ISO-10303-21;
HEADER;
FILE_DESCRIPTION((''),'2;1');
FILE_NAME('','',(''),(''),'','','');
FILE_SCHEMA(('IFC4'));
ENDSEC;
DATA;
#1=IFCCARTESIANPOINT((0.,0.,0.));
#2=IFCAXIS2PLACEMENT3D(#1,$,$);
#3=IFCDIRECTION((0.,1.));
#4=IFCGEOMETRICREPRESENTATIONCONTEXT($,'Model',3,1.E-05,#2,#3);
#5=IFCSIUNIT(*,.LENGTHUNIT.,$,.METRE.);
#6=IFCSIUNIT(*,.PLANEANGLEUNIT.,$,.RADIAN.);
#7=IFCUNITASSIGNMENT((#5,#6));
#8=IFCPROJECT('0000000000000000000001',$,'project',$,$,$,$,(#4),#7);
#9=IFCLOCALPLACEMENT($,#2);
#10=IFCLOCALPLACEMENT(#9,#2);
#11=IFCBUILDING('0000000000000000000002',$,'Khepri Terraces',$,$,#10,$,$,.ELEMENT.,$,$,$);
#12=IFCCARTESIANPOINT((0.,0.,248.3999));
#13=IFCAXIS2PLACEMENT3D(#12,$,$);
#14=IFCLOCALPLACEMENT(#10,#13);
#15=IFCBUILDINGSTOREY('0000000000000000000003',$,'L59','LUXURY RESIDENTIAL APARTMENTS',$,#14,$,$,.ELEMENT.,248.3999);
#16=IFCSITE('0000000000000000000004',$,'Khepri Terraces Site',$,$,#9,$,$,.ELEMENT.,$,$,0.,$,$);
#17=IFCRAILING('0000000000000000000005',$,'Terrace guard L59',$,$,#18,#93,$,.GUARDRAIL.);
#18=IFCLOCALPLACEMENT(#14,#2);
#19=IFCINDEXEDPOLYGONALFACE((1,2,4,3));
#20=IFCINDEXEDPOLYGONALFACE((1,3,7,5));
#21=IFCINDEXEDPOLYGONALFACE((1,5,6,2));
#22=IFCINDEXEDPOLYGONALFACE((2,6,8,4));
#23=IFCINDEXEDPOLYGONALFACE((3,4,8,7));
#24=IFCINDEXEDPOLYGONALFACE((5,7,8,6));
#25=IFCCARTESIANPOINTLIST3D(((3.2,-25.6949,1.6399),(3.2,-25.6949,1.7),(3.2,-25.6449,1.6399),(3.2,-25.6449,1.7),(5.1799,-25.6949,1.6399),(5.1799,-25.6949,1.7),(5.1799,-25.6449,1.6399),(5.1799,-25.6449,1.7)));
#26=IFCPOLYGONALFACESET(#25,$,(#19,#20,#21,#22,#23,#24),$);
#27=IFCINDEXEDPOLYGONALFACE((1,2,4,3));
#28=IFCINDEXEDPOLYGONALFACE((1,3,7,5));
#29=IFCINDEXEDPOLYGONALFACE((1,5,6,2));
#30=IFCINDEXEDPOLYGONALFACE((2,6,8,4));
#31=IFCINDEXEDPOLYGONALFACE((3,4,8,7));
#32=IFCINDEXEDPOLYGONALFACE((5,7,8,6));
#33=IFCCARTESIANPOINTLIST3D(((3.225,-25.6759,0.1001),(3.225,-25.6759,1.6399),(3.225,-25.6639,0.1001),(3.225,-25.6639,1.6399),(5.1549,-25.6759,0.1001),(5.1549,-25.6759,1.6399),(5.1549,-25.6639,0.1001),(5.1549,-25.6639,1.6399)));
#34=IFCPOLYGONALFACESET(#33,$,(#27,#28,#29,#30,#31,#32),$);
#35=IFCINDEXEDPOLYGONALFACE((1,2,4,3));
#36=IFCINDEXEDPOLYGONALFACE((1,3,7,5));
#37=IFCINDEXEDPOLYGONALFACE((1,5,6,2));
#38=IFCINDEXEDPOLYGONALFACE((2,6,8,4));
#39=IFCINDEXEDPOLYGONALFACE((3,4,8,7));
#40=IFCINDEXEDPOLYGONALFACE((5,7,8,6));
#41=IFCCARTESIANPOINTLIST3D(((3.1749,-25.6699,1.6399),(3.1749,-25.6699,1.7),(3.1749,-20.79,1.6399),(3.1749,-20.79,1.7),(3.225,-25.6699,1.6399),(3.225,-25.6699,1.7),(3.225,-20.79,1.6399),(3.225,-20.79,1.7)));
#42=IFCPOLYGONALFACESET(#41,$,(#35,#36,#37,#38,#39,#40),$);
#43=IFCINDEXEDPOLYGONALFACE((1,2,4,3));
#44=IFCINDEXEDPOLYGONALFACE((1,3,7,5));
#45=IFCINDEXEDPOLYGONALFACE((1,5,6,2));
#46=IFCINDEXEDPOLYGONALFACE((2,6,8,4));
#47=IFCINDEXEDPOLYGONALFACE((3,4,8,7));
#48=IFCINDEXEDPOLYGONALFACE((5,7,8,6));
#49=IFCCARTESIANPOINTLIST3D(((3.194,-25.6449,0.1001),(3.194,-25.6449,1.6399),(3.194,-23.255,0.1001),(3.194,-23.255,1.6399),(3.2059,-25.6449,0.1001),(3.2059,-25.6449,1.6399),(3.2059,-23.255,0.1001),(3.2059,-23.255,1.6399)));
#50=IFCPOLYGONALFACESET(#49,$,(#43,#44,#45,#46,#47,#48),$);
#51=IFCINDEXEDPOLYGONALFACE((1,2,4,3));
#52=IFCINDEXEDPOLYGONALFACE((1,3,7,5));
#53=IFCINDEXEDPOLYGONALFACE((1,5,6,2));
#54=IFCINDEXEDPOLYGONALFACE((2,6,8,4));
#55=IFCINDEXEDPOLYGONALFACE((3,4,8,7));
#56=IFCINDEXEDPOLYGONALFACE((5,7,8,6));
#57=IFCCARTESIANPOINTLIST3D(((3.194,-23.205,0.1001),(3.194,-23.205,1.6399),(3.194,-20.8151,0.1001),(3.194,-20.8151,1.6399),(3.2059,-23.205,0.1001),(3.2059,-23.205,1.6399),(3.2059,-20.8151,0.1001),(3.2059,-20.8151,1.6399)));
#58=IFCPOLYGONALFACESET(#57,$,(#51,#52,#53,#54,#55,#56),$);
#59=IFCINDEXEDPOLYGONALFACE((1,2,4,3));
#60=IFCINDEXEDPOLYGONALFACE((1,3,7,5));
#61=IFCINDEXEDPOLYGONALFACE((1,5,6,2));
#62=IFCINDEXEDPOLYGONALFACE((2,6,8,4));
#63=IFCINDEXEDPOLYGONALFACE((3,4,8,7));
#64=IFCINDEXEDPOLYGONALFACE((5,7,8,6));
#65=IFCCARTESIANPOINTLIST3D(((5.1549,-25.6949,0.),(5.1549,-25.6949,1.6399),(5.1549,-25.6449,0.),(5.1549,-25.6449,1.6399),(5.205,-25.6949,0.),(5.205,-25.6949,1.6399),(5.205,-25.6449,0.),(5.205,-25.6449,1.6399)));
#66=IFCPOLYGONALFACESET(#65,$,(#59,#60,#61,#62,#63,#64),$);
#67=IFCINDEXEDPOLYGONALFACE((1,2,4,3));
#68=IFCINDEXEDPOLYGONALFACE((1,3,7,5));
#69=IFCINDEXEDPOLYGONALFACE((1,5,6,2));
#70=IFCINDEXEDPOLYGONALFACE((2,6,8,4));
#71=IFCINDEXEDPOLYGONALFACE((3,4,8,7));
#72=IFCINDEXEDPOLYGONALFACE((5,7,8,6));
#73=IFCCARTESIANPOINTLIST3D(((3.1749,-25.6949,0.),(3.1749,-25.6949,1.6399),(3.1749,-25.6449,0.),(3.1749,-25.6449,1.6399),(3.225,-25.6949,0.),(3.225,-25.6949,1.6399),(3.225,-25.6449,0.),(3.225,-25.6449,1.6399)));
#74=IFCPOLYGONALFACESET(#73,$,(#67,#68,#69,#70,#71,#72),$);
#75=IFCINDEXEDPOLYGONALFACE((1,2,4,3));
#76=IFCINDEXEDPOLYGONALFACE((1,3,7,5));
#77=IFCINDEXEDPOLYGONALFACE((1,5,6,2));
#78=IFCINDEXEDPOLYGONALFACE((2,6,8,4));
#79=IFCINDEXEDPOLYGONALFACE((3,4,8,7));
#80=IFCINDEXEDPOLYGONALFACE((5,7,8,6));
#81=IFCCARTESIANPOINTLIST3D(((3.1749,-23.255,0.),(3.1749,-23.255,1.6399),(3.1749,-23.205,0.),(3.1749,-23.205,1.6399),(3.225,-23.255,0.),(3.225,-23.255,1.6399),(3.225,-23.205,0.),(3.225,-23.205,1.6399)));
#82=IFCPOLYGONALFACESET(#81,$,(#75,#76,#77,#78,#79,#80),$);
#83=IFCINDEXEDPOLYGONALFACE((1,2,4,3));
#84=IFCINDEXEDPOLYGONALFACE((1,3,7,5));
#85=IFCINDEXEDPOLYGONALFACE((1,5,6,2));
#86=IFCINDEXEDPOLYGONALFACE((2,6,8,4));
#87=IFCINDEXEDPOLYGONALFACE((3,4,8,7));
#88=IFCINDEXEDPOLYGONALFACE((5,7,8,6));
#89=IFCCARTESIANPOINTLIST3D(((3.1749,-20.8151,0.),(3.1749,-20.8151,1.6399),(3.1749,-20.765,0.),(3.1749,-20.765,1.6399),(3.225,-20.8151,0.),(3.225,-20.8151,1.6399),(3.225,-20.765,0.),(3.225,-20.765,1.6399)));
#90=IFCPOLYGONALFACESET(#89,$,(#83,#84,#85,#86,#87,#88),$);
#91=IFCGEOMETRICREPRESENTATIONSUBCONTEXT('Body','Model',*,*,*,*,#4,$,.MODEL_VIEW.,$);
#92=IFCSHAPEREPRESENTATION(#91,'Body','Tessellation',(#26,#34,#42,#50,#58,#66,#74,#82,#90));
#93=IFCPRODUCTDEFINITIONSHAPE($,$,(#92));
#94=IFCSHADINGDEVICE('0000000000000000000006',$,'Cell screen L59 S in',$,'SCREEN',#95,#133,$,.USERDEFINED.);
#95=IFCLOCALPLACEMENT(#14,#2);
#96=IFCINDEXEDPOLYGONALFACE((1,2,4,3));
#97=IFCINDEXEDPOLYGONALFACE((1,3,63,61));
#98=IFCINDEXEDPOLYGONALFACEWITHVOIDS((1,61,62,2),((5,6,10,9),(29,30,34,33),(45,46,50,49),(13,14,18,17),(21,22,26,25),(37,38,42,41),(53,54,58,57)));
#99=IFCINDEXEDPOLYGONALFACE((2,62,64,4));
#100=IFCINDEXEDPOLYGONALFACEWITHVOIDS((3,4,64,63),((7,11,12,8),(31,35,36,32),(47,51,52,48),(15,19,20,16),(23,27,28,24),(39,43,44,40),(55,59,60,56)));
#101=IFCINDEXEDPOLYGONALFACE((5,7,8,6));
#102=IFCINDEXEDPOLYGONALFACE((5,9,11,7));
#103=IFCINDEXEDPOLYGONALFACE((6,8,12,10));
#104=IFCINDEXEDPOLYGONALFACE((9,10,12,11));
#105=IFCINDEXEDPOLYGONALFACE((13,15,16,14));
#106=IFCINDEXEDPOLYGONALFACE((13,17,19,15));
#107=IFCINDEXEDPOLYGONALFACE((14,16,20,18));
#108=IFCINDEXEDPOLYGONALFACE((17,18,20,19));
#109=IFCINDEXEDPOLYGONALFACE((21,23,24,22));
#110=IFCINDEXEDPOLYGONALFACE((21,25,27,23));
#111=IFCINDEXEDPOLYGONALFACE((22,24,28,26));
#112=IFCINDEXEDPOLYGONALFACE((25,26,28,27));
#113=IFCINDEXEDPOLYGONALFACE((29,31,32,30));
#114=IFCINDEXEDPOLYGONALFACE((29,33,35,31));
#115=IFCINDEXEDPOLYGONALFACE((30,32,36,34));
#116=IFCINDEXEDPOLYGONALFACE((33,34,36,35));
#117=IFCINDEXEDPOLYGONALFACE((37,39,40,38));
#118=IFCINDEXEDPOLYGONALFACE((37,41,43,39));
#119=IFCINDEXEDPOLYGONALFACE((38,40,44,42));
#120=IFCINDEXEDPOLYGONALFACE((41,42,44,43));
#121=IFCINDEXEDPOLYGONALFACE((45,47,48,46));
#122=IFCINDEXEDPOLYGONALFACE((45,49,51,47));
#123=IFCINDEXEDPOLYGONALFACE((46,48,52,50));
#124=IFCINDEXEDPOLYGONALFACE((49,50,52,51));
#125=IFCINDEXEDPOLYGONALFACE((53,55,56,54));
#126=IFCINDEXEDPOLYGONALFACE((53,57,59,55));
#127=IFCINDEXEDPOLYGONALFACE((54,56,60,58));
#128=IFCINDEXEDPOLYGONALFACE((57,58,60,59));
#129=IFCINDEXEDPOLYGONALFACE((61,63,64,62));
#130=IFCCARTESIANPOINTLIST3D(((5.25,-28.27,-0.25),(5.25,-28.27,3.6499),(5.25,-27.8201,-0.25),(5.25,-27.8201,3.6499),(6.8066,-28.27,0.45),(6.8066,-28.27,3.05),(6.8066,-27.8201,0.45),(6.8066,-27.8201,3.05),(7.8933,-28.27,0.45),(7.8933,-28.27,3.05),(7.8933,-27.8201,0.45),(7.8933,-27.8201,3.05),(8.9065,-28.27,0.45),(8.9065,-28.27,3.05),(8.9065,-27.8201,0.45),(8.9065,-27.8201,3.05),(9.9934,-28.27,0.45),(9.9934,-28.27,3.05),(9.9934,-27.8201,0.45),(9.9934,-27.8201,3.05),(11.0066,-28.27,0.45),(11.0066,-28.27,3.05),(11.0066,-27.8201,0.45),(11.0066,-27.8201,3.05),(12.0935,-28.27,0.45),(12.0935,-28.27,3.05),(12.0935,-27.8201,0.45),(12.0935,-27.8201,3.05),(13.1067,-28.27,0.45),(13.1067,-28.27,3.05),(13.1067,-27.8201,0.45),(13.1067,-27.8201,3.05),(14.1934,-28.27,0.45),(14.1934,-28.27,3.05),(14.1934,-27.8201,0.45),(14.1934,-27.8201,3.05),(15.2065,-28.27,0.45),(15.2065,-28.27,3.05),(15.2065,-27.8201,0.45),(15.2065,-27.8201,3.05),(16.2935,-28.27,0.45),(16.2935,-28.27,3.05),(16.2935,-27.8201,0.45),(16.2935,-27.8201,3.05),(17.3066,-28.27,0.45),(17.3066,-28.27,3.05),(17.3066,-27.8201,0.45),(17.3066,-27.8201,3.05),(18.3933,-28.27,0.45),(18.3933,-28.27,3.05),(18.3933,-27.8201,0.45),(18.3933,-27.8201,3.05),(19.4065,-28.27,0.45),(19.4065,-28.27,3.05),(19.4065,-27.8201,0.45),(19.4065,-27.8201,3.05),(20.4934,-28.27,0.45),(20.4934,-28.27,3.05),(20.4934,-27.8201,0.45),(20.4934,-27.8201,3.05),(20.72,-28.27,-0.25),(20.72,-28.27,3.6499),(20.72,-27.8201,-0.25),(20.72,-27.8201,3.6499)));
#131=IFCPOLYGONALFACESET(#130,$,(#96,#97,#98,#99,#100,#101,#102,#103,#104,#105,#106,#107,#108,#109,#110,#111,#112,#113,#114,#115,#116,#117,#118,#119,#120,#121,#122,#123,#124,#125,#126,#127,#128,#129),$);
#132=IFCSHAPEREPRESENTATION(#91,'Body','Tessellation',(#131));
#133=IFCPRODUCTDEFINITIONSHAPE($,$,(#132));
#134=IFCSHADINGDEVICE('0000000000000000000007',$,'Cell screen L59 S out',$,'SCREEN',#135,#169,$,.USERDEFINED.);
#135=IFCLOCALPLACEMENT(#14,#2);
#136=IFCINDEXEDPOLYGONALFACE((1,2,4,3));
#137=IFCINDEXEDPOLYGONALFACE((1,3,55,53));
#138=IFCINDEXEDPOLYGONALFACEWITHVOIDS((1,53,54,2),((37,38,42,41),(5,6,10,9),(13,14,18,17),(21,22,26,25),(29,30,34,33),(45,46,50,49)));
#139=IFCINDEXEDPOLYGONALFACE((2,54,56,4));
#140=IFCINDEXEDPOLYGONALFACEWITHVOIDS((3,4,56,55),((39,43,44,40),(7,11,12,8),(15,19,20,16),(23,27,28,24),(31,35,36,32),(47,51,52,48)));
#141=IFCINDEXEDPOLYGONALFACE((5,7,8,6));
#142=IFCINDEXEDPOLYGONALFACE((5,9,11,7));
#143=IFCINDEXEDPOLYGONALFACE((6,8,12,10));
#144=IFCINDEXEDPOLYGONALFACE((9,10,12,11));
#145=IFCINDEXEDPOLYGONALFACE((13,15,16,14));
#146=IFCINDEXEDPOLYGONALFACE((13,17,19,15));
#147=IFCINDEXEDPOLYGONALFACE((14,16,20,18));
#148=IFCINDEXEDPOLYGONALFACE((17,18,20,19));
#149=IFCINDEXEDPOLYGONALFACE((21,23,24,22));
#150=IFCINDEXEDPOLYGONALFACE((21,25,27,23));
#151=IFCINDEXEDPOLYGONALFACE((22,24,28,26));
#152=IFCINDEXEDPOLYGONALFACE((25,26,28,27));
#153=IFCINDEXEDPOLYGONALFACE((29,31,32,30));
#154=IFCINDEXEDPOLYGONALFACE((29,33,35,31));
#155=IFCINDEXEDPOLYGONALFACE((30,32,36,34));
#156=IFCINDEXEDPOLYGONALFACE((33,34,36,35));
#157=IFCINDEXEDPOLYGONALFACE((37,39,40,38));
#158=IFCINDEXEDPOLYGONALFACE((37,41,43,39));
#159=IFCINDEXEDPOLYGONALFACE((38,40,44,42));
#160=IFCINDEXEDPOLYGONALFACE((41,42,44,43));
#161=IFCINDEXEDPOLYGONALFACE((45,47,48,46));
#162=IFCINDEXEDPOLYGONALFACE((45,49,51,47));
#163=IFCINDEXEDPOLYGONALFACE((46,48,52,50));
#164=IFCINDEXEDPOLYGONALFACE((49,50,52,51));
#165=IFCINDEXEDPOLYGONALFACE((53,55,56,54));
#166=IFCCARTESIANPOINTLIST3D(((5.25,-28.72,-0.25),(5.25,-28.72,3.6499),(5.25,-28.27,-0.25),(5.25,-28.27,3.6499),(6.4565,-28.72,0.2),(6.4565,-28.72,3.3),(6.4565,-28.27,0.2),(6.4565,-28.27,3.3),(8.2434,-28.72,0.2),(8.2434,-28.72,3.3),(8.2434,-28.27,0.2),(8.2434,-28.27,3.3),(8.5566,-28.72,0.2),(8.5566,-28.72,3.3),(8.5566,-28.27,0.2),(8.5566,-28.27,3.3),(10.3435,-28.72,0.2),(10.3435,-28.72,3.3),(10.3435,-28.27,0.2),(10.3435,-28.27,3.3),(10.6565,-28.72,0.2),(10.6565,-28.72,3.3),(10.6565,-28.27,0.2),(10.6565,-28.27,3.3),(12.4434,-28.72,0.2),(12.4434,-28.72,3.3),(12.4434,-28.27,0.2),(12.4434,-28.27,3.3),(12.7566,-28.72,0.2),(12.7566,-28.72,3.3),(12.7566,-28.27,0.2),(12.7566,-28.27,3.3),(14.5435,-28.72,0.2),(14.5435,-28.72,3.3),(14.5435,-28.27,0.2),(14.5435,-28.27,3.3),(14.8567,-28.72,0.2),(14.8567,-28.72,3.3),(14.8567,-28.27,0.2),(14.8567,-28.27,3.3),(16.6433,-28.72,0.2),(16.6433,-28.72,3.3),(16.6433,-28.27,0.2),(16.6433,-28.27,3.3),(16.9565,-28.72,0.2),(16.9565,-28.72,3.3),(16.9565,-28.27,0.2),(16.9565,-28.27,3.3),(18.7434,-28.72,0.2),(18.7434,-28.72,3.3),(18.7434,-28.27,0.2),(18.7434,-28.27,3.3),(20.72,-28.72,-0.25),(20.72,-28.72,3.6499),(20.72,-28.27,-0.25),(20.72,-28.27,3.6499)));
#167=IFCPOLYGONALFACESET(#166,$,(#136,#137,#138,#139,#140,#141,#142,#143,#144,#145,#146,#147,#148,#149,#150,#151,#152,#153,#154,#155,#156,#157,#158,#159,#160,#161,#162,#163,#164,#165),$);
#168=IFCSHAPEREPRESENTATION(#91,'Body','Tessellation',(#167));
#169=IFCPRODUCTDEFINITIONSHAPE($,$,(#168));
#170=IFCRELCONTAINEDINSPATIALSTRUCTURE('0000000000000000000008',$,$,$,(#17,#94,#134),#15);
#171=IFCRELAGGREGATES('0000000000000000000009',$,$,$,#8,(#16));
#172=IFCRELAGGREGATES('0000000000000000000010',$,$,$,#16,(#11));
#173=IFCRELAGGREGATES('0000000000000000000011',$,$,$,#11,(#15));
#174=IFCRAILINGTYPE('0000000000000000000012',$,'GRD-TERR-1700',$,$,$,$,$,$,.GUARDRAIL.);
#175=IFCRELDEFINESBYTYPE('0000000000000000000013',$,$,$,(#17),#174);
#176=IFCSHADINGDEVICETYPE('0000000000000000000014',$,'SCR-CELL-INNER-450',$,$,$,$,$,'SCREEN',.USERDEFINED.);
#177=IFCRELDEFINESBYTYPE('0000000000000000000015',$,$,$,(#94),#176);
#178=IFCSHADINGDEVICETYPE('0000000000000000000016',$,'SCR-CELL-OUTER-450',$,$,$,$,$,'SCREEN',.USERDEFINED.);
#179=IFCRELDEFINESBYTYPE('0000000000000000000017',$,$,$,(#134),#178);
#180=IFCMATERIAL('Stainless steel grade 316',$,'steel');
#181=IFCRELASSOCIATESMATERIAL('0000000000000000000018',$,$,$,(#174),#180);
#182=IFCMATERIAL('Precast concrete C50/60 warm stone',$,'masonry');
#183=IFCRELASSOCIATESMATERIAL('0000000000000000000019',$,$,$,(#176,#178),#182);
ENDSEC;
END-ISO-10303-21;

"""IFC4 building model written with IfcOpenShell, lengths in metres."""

from ifc_helpers import new_model, si_unit, direction, frame, origin, origin_2d, place, context, subcontext, project, spatial, polyline, rectangle, outline, extrude, material, type_object, element, save


model = new_model("IFC4")

# Units and contexts
model_context = context("Model", 3, precision=1e-05, world=origin(), true_north=direction((0.0, 1.0)))
body_context = subcontext(model_context, "Body", "Model", "MODEL_VIEW")
ifc_project = project(units=[si_unit("LENGTHUNIT", "METRE"), si_unit("PLANEANGLEUNIT", "RADIAN")], contexts=[model_context])

# Site, building, storey
site_placement = place(None, origin())
site = spatial("IfcSite", under=ifc_project, at=site_placement, Name="Khepri Terraces Site", CompositionType="ELEMENT", RefElevation=0.0)
building_placement = place(site_placement, origin())
building = spatial("IfcBuilding", under=site, at=building_placement, Name="Khepri Terraces", CompositionType="ELEMENT")
storey_placement = place(building_placement, frame((0.0, 0.0, 248.3999)))
storey = spatial("IfcBuildingStorey", under=building, at=storey_placement, Name="L59", Description="LUXURY RESIDENTIAL APARTMENTS", CompositionType="ELEMENT", Elevation=248.3999)

# Shared definitions
ifc_material_1 = material(Name="Precast concrete C50/60 warm stone", Category="masonry")

# Railing
ifc_material_2 = material(Name="Stainless steel grade 316", Category="steel")
railing_type_1 = type_object("IfcRailingType", Name="GRD-TERR-1700", PredefinedType="GUARDRAIL", material=ifc_material_2)
railing_1_placement = place(storey_placement, frame((5.1799, -25.6699, 0.0)))
element("IfcRailing", 1, at=railing_1_placement, inside=storey, type_object=railing_type_1, Name="Terrace guard L59", PredefinedType="GUARDRAIL", context=body_context, shape_type="SweptSolid", body=[
    extrude(rectangle(XDim=0.05, YDim=0.0601, at=origin_2d()), frame((0.0, 0.0, 1.6699), z_axis=(-1.0, 0.0, 0.0), x_axis=(0.0, -1.0, 0.0)), (0.0, 0.0, 1.0), 1.98),
    extrude(rectangle(XDim=1.9299, YDim=0.012, at=origin_2d()), frame((-0.99, 0.0, 0.1001), z_axis=(0.0, 0.0, 1.0), x_axis=(-1.0, 0.0, 0.0)), (0.0, 0.0, 1.0), 1.5398),
    extrude(rectangle(XDim=0.05, YDim=0.0601, at=origin_2d()), frame((-1.98, 0.0, 1.6699), z_axis=(0.0, 1.0, 0.0), x_axis=(-1.0, 0.0, 0.0)), (0.0, 0.0, 1.0), 4.8799),
    extrude(rectangle(XDim=2.3899, YDim=0.012, at=origin_2d()), frame((-1.98, 1.22, 0.1001), z_axis=(0.0, 0.0, 1.0), x_axis=(0.0, 1.0, 0.0)), (0.0, 0.0, 1.0), 1.5398),
    extrude(rectangle(XDim=2.3899, YDim=0.012, at=origin_2d()), frame((-1.98, 3.6599, 0.1001), z_axis=(0.0, 0.0, 1.0), x_axis=(0.0, 1.0, 0.0)), (0.0, 0.0, 1.0), 1.5398),
    extrude(rectangle(XDim=0.05, YDim=0.05, at=origin_2d()), origin(), (0.0, 0.0, 1.0), 1.6399),
    extrude(rectangle(XDim=0.05, YDim=0.05, at=origin_2d()), frame((-1.98, 0.0, 0.0)), (0.0, 0.0, 1.0), 1.6399),
    extrude(rectangle(XDim=0.05, YDim=0.05, at=origin_2d()), frame((-1.98, 2.4399, 0.0)), (0.0, 0.0, 1.0), 1.6399),
    extrude(rectangle(XDim=0.05, YDim=0.05, at=origin_2d()), frame((-1.98, 4.8799, 0.0)), (0.0, 0.0, 1.0), 1.6399),
])

# Shading devices
shading_device_type_1 = type_object("IfcShadingDeviceType", Name="SCR-CELL-INNER-450", ElementType="SCREEN", PredefinedType="USERDEFINED", material=ifc_material_1)
shading_device_1_placement = place(storey_placement, frame((5.25, -27.8201, -0.25), z_axis=(0.0, -1.0, 0.0), x_axis=(1.0, 0.0, 0.0)))
element("IfcShadingDevice", 2, at=shading_device_1_placement, inside=storey, type_object=shading_device_type_1, Name="Cell screen L59 S in", ObjectType="SCREEN", PredefinedType="USERDEFINED", context=body_context, shape_type="SweptSolid", body=[
    extrude(outline(polyline([(0.0, 0.0), (15.47, 0.0), (15.47, 3.8999), (0.0, 3.8999), (0.0, 0.0)]), holes=[polyline([(1.5566, 0.7), (2.6433, 0.7), (2.6433, 3.3), (1.5566, 3.3), (1.5566, 0.7)]), polyline([(3.6565, 0.7), (4.7434, 0.7), (4.7434, 3.3), (3.6565, 3.3), (3.6565, 0.7)]), polyline([(5.7566, 0.7), (6.8435, 0.7), (6.8435, 3.3), (5.7566, 3.3), (5.7566, 0.7)]), polyline([(7.8567, 0.7), (8.9434, 0.7), (8.9434, 3.3), (7.8567, 3.3), (7.8567, 0.7)]), polyline([(9.9565, 0.7), (11.0435, 0.7), (11.0435, 3.3), (9.9565, 3.3), (9.9565, 0.7)]), polyline([(12.0566, 0.7), (13.1433, 0.7), (13.1433, 3.3), (12.0566, 3.3), (12.0566, 0.7)]), polyline([(14.1565, 0.7), (15.2434, 0.7), (15.2434, 3.3), (14.1565, 3.3), (14.1565, 0.7)])]), origin(), (0.0, 0.0, 1.0), 0.45),
])
shading_device_type_2 = type_object("IfcShadingDeviceType", Name="SCR-CELL-OUTER-450", ElementType="SCREEN", PredefinedType="USERDEFINED", material=ifc_material_1)
shading_device_2_placement = place(storey_placement, frame((5.25, -28.27, -0.25), z_axis=(0.0, -1.0, 0.0), x_axis=(1.0, 0.0, 0.0)))
element("IfcShadingDevice", 3, at=shading_device_2_placement, inside=storey, type_object=shading_device_type_2, Name="Cell screen L59 S out", ObjectType="SCREEN", PredefinedType="USERDEFINED", context=body_context, shape_type="SweptSolid", body=[
    extrude(outline(polyline([(0.0, 0.0), (15.47, 0.0), (15.47, 3.8999), (0.0, 3.8999), (0.0, 0.0)]), holes=[polyline([(1.2065, 0.45), (2.9934, 0.45), (2.9934, 3.55), (1.2065, 3.55), (1.2065, 0.45)]), polyline([(3.3066, 0.45), (5.0935, 0.45), (5.0935, 3.55), (3.3066, 3.55), (3.3066, 0.45)]), polyline([(5.4065, 0.45), (7.1934, 0.45), (7.1934, 3.55), (5.4065, 3.55), (5.4065, 0.45)]), polyline([(7.5066, 0.45), (9.2935, 0.45), (9.2935, 3.55), (7.5066, 3.55), (7.5066, 0.45)]), polyline([(9.6067, 0.45), (11.3933, 0.45), (11.3933, 3.55), (9.6067, 3.55), (9.6067, 0.45)]), polyline([(11.7065, 0.45), (13.4934, 0.45), (13.4934, 3.55), (11.7065, 3.55), (11.7065, 0.45)])]), origin(), (0.0, 0.0, 1.0), 0.45),
])

save(model, "model.ifc")
